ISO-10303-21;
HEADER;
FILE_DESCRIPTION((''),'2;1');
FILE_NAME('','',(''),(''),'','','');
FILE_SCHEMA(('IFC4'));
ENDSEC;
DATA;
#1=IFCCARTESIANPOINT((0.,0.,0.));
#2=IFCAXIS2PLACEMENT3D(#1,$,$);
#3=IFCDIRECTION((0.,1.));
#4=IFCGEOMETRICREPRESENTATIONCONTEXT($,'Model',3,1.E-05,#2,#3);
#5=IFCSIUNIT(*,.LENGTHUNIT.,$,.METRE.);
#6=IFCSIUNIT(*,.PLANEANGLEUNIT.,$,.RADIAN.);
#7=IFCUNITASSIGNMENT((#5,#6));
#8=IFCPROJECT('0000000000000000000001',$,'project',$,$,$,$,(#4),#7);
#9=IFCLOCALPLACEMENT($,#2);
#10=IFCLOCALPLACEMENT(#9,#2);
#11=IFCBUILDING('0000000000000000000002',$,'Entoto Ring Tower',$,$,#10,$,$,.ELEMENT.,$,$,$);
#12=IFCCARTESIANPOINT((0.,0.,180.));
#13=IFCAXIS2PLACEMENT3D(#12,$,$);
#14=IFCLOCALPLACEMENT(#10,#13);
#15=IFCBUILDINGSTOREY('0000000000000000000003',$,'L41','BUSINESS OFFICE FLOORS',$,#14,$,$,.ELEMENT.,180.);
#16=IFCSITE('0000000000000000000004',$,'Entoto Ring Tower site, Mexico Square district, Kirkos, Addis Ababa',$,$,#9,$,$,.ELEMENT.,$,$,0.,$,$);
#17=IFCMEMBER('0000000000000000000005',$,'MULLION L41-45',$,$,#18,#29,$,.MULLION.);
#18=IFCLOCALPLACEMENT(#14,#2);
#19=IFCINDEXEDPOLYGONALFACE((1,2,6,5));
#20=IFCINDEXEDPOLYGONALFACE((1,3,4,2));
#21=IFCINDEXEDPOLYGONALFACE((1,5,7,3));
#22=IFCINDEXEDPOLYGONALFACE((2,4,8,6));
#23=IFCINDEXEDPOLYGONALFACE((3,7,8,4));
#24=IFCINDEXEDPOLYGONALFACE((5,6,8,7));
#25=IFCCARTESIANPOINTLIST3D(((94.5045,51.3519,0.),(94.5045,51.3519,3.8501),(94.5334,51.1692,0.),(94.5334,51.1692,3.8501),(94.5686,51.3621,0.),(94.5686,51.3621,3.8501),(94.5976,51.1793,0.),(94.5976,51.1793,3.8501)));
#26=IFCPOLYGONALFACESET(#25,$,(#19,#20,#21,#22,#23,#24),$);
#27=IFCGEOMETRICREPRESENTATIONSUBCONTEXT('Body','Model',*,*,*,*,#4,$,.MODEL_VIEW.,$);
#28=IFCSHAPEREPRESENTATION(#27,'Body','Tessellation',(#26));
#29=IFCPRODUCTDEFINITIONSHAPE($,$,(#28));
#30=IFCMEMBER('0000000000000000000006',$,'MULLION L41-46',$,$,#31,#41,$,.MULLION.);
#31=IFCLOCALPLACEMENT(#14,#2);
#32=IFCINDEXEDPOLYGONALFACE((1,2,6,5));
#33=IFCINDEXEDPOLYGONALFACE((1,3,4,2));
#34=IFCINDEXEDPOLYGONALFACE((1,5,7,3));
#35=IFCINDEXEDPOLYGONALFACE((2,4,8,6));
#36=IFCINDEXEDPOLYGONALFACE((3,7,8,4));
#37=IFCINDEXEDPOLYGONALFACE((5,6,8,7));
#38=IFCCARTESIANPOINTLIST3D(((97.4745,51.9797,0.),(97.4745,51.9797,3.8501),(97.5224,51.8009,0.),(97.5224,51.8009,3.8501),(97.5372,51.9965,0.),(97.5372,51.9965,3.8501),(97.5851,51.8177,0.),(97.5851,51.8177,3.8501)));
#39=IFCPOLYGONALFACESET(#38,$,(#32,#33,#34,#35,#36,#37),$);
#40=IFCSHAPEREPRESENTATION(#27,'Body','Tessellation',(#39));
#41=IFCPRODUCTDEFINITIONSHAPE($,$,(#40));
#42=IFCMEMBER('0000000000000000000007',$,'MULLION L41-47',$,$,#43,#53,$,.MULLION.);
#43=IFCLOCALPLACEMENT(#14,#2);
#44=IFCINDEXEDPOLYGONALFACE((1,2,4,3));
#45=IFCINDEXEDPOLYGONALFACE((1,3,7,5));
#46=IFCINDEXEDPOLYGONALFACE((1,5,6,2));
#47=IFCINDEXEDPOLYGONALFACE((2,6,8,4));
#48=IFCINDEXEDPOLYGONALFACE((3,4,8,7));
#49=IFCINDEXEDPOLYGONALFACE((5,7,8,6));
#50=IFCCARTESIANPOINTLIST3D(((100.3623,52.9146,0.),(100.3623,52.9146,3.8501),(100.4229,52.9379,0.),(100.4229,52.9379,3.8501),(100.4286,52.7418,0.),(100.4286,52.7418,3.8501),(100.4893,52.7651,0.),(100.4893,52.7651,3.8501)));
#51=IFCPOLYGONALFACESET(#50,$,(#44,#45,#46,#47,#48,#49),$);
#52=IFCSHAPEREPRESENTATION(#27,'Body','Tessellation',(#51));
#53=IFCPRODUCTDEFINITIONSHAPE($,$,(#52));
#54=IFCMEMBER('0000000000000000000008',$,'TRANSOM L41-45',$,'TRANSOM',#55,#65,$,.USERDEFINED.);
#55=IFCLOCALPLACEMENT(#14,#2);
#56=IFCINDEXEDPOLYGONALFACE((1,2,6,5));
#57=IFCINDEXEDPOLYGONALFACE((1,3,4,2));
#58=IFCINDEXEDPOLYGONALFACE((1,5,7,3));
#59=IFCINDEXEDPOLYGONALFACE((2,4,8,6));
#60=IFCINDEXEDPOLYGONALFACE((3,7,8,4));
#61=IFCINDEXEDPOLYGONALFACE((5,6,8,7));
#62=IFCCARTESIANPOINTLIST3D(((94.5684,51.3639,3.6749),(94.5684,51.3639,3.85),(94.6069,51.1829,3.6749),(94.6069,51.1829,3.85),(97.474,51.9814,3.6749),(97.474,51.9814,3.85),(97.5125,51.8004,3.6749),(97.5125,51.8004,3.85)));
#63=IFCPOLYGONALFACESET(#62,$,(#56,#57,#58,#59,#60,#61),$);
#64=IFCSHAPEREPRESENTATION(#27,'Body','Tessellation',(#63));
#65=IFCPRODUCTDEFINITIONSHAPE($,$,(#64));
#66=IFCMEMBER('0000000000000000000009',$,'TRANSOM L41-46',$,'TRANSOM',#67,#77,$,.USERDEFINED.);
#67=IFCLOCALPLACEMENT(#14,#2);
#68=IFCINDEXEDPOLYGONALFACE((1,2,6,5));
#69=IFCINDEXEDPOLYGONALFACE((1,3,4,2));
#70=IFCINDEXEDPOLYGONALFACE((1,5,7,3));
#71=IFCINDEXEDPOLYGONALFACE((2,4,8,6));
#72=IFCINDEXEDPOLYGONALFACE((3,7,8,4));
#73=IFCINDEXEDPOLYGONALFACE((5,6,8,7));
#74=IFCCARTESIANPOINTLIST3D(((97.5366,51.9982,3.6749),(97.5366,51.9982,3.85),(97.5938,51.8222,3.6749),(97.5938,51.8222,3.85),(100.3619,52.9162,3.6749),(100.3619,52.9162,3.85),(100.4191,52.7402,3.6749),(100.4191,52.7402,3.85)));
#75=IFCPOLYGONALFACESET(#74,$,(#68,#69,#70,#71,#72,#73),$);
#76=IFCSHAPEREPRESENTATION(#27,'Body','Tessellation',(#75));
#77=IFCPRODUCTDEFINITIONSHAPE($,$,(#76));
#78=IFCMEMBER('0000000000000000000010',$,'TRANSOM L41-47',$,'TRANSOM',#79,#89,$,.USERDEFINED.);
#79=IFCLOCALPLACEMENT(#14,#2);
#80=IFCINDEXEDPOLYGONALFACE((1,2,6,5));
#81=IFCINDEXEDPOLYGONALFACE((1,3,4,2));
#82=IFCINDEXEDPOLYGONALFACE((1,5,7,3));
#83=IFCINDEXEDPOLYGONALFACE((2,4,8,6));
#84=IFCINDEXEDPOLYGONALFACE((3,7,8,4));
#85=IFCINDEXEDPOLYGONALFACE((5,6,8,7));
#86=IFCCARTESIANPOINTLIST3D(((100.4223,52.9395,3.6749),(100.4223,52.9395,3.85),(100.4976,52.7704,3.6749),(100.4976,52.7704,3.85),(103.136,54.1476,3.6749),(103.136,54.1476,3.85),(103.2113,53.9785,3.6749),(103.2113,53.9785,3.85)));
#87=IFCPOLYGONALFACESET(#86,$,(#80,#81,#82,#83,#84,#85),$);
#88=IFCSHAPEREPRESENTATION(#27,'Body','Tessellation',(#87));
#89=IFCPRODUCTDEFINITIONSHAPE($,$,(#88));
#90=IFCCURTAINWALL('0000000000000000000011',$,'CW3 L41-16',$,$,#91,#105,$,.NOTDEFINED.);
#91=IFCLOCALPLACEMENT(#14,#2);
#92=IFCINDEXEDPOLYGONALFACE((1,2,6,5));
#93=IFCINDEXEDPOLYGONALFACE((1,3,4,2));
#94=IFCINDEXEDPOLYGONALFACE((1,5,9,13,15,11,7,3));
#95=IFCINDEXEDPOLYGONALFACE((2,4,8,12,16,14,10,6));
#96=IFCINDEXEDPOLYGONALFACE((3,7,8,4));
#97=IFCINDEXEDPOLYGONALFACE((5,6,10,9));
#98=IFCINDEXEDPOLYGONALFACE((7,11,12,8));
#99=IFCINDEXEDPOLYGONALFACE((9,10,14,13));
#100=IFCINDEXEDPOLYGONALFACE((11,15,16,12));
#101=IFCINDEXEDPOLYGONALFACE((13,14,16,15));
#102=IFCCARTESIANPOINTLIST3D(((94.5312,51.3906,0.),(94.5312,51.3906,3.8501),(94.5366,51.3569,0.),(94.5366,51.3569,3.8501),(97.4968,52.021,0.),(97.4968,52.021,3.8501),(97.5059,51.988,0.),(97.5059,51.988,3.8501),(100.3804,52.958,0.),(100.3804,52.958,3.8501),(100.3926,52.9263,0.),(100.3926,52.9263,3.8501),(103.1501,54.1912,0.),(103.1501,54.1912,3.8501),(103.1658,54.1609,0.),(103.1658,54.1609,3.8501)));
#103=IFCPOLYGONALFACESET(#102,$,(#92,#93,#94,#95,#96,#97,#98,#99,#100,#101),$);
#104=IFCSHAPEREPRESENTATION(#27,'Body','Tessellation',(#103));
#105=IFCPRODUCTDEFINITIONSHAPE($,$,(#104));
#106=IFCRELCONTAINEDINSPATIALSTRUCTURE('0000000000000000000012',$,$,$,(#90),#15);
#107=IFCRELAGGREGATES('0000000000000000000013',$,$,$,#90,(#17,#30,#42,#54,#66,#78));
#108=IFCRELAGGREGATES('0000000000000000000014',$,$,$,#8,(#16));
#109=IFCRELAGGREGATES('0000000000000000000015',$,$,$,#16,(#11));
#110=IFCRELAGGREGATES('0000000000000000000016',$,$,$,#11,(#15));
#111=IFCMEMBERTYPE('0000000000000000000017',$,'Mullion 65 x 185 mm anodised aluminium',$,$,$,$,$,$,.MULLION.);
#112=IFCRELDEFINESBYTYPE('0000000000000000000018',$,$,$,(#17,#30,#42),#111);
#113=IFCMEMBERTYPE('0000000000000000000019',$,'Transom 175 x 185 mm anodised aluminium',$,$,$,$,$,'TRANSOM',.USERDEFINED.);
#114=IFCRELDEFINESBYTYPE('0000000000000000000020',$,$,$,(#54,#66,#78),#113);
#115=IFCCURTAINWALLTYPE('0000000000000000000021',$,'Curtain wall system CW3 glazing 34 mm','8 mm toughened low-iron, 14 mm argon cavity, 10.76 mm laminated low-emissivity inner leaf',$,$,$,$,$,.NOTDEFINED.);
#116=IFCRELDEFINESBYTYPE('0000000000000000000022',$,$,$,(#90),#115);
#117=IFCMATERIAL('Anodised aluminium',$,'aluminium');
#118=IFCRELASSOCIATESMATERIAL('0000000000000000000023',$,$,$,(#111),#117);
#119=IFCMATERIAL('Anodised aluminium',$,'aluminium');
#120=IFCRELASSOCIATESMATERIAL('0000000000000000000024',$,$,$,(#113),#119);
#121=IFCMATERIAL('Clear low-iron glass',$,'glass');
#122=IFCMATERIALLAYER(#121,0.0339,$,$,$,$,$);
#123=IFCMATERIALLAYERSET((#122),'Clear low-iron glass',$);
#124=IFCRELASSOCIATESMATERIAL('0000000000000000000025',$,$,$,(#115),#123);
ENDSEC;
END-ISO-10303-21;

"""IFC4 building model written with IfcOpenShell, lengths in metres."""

from ifc_helpers import new_model, si_unit, direction, frame, origin, origin_2d, place, context, subcontext, project, spatial, polyline, rectangle, outline, extrude, material, layer, layer_set, material_profile, profile_set, type_object, element, aggregate, save


model = new_model("IFC4")

# Units and contexts
model_context = context("Model", 3, precision=1e-05, world=origin(), true_north=direction((0.0, 1.0)))
body_context = subcontext(model_context, "Body", "Model", "MODEL_VIEW")
ifc_project = project(units=[si_unit("LENGTHUNIT", "METRE"), si_unit("PLANEANGLEUNIT", "RADIAN")], contexts=[model_context])

# Members
ifc_material_1 = material(Name="Anodised aluminium", Category="aluminium")
ifc_material_profile_1 = material_profile(ifc_material_1, rectangle(XDim=0.0649, YDim=0.1851, at=origin_2d()), Name="Mullion 65 x 185 mm anodised aluminium")
ifc_profile_set_1 = profile_set([ifc_material_profile_1], Name="Anodised aluminium")
member_type_1 = type_object("IfcMemberType", Name="Mullion 65 x 185 mm anodised aluminium", PredefinedType="MULLION", material=ifc_profile_set_1)
site_placement = place(None, origin())
building_placement = place(site_placement, origin())
storey_placement = place(building_placement, frame((0.0, 0.0, 180.0)))
member_1_placement = place(storey_placement, frame((94.551, 51.2656, 0.0), z_axis=(0.0, 0.0, 1.0), x_axis=(0.987688, 0.156434, 0.0)))
member_1 = element("IfcMember", 1, at=member_1_placement, type_object=member_type_1, Name="MULLION L41-45", PredefinedType="MULLION", context=body_context, shape_type="SweptSolid", body=[
    extrude(rectangle(XDim=0.0649, YDim=0.1851, at=origin_2d()), origin(), (0.0, 0.0, 1.0), 3.8501),
])
member_2_placement = place(storey_placement, frame((97.5298, 51.8987, 0.0), z_axis=(0.0, 0.0, 1.0), x_axis=(0.965926, 0.258819, 0.0)))
member_2 = element("IfcMember", 2, at=member_2_placement, type_object=member_type_1, Name="MULLION L41-46", PredefinedType="MULLION", context=body_context, shape_type="SweptSolid", body=[
    extrude(rectangle(XDim=0.0649, YDim=0.1851, at=origin_2d()), origin(), (0.0, 0.0, 1.0), 3.8501),
])
member_3_placement = place(storey_placement, frame((100.4258, 52.8398, 0.0), z_axis=(0.0, 0.0, 1.0), x_axis=(0.93358, 0.358368, 0.0)))
member_3 = element("IfcMember", 3, at=member_3_placement, type_object=member_type_1, Name="MULLION L41-47", PredefinedType="MULLION", context=body_context, shape_type="SweptSolid", body=[
    extrude(rectangle(XDim=0.0649, YDim=0.1851, at=origin_2d()), origin(), (0.0, 0.0, 1.0), 3.8501),
])
ifc_material_2 = material(Name="Anodised aluminium", Category="aluminium")
ifc_material_profile_2 = material_profile(ifc_material_2, rectangle(XDim=0.1851, YDim=0.175, at=origin_2d()), Name="Transom 175 x 185 mm anodised aluminium")
ifc_profile_set_2 = profile_set([ifc_material_profile_2], Name="Anodised aluminium")
member_type_2 = type_object("IfcMemberType", Name="Transom 175 x 185 mm anodised aluminium", ElementType="TRANSOM", PredefinedType="USERDEFINED", material=ifc_profile_set_2)
member_4_placement = place(storey_placement, frame((94.5876, 51.2734, 3.7625), z_axis=(0.978158, 0.207862, 0.0), x_axis=(-0.207862, 0.978158, 0.0)))
member_4 = element("IfcMember", 4, at=member_4_placement, type_object=member_type_2, Name="TRANSOM L41-45", ObjectType="TRANSOM", PredefinedType="USERDEFINED", context=body_context, shape_type="SweptSolid", body=[
    extrude(rectangle(XDim=0.1851, YDim=0.175, at=origin_2d()), origin(), (0.0, 0.0, 1.0), 2.9705),
])
member_5_placement = place(storey_placement, frame((97.5652, 51.9102, 3.7625), z_axis=(0.951056, 0.309019, 0.0), x_axis=(-0.309019, 0.951056, 0.0)))
member_5 = element("IfcMember", 5, at=member_5_placement, type_object=member_type_2, Name="TRANSOM L41-46", ObjectType="TRANSOM", PredefinedType="USERDEFINED", context=body_context, shape_type="SweptSolid", body=[
    extrude(rectangle(XDim=0.1851, YDim=0.175, at=origin_2d()), origin(), (0.0, 0.0, 1.0), 2.9707),
])
member_6_placement = place(storey_placement, frame((100.46, 52.855, 3.7625), z_axis=(0.913567, 0.406687, 0.0), x_axis=(-0.406687, 0.913567, 0.0)))
member_6 = element("IfcMember", 6, at=member_6_placement, type_object=member_type_2, Name="TRANSOM L41-47", ObjectType="TRANSOM", PredefinedType="USERDEFINED", context=body_context, shape_type="SweptSolid", body=[
    extrude(rectangle(XDim=0.1851, YDim=0.175, at=origin_2d()), origin(), (0.0, 0.0, 1.0), 2.9705),
])

# Site, building, storey
site = spatial("IfcSite", under=ifc_project, at=site_placement, Name="Entoto Ring Tower site, Mexico Square district, Kirkos, Addis Ababa", CompositionType="ELEMENT", RefElevation=0.0)
building = spatial("IfcBuilding", under=site, at=building_placement, Name="Entoto Ring Tower", CompositionType="ELEMENT")
storey = spatial("IfcBuildingStorey", under=building, at=storey_placement, Name="L41", Description="BUSINESS OFFICE FLOORS", CompositionType="ELEMENT", Elevation=180.0)

# Curtain wall
ifc_material_3 = material(Name="Clear low-iron glass", Category="glass")
ifc_layer_1 = layer(ifc_material_3, 0.0339)
ifc_layer_set_1 = layer_set([ifc_layer_1], Name="Clear low-iron glass")
curtain_wall_type = type_object("IfcCurtainWallType", Name="Curtain wall system CW3 glazing 34 mm", Description="8 mm toughened low-iron, 14 mm argon cavity, 10.76 mm laminated low-emissivity inner leaf", PredefinedType="NOTDEFINED", material=ifc_layer_set_1)
curtain_wall_1_placement = place(storey_placement, origin())
curtain_wall_1 = element("IfcCurtainWall", 7, at=curtain_wall_1_placement, inside=storey, type_object=curtain_wall_type, Name="CW3 L41-16", PredefinedType="NOTDEFINED", context=body_context, shape_type="SweptSolid", body=[
    extrude(outline(polyline([(94.5366, 51.3569), (97.5059, 51.988), (100.3926, 52.9263), (103.1658, 54.1609), (103.1501, 54.1912), (100.3804, 52.958), (97.4968, 52.021), (94.5312, 51.3906), (94.5366, 51.3569)])), origin(), (0.0, 0.0, 1.0), 3.8501),
])
aggregate(curtain_wall_1, [member_1, member_2, member_3, member_4, member_5, member_6])

save(model, "model.ifc")
